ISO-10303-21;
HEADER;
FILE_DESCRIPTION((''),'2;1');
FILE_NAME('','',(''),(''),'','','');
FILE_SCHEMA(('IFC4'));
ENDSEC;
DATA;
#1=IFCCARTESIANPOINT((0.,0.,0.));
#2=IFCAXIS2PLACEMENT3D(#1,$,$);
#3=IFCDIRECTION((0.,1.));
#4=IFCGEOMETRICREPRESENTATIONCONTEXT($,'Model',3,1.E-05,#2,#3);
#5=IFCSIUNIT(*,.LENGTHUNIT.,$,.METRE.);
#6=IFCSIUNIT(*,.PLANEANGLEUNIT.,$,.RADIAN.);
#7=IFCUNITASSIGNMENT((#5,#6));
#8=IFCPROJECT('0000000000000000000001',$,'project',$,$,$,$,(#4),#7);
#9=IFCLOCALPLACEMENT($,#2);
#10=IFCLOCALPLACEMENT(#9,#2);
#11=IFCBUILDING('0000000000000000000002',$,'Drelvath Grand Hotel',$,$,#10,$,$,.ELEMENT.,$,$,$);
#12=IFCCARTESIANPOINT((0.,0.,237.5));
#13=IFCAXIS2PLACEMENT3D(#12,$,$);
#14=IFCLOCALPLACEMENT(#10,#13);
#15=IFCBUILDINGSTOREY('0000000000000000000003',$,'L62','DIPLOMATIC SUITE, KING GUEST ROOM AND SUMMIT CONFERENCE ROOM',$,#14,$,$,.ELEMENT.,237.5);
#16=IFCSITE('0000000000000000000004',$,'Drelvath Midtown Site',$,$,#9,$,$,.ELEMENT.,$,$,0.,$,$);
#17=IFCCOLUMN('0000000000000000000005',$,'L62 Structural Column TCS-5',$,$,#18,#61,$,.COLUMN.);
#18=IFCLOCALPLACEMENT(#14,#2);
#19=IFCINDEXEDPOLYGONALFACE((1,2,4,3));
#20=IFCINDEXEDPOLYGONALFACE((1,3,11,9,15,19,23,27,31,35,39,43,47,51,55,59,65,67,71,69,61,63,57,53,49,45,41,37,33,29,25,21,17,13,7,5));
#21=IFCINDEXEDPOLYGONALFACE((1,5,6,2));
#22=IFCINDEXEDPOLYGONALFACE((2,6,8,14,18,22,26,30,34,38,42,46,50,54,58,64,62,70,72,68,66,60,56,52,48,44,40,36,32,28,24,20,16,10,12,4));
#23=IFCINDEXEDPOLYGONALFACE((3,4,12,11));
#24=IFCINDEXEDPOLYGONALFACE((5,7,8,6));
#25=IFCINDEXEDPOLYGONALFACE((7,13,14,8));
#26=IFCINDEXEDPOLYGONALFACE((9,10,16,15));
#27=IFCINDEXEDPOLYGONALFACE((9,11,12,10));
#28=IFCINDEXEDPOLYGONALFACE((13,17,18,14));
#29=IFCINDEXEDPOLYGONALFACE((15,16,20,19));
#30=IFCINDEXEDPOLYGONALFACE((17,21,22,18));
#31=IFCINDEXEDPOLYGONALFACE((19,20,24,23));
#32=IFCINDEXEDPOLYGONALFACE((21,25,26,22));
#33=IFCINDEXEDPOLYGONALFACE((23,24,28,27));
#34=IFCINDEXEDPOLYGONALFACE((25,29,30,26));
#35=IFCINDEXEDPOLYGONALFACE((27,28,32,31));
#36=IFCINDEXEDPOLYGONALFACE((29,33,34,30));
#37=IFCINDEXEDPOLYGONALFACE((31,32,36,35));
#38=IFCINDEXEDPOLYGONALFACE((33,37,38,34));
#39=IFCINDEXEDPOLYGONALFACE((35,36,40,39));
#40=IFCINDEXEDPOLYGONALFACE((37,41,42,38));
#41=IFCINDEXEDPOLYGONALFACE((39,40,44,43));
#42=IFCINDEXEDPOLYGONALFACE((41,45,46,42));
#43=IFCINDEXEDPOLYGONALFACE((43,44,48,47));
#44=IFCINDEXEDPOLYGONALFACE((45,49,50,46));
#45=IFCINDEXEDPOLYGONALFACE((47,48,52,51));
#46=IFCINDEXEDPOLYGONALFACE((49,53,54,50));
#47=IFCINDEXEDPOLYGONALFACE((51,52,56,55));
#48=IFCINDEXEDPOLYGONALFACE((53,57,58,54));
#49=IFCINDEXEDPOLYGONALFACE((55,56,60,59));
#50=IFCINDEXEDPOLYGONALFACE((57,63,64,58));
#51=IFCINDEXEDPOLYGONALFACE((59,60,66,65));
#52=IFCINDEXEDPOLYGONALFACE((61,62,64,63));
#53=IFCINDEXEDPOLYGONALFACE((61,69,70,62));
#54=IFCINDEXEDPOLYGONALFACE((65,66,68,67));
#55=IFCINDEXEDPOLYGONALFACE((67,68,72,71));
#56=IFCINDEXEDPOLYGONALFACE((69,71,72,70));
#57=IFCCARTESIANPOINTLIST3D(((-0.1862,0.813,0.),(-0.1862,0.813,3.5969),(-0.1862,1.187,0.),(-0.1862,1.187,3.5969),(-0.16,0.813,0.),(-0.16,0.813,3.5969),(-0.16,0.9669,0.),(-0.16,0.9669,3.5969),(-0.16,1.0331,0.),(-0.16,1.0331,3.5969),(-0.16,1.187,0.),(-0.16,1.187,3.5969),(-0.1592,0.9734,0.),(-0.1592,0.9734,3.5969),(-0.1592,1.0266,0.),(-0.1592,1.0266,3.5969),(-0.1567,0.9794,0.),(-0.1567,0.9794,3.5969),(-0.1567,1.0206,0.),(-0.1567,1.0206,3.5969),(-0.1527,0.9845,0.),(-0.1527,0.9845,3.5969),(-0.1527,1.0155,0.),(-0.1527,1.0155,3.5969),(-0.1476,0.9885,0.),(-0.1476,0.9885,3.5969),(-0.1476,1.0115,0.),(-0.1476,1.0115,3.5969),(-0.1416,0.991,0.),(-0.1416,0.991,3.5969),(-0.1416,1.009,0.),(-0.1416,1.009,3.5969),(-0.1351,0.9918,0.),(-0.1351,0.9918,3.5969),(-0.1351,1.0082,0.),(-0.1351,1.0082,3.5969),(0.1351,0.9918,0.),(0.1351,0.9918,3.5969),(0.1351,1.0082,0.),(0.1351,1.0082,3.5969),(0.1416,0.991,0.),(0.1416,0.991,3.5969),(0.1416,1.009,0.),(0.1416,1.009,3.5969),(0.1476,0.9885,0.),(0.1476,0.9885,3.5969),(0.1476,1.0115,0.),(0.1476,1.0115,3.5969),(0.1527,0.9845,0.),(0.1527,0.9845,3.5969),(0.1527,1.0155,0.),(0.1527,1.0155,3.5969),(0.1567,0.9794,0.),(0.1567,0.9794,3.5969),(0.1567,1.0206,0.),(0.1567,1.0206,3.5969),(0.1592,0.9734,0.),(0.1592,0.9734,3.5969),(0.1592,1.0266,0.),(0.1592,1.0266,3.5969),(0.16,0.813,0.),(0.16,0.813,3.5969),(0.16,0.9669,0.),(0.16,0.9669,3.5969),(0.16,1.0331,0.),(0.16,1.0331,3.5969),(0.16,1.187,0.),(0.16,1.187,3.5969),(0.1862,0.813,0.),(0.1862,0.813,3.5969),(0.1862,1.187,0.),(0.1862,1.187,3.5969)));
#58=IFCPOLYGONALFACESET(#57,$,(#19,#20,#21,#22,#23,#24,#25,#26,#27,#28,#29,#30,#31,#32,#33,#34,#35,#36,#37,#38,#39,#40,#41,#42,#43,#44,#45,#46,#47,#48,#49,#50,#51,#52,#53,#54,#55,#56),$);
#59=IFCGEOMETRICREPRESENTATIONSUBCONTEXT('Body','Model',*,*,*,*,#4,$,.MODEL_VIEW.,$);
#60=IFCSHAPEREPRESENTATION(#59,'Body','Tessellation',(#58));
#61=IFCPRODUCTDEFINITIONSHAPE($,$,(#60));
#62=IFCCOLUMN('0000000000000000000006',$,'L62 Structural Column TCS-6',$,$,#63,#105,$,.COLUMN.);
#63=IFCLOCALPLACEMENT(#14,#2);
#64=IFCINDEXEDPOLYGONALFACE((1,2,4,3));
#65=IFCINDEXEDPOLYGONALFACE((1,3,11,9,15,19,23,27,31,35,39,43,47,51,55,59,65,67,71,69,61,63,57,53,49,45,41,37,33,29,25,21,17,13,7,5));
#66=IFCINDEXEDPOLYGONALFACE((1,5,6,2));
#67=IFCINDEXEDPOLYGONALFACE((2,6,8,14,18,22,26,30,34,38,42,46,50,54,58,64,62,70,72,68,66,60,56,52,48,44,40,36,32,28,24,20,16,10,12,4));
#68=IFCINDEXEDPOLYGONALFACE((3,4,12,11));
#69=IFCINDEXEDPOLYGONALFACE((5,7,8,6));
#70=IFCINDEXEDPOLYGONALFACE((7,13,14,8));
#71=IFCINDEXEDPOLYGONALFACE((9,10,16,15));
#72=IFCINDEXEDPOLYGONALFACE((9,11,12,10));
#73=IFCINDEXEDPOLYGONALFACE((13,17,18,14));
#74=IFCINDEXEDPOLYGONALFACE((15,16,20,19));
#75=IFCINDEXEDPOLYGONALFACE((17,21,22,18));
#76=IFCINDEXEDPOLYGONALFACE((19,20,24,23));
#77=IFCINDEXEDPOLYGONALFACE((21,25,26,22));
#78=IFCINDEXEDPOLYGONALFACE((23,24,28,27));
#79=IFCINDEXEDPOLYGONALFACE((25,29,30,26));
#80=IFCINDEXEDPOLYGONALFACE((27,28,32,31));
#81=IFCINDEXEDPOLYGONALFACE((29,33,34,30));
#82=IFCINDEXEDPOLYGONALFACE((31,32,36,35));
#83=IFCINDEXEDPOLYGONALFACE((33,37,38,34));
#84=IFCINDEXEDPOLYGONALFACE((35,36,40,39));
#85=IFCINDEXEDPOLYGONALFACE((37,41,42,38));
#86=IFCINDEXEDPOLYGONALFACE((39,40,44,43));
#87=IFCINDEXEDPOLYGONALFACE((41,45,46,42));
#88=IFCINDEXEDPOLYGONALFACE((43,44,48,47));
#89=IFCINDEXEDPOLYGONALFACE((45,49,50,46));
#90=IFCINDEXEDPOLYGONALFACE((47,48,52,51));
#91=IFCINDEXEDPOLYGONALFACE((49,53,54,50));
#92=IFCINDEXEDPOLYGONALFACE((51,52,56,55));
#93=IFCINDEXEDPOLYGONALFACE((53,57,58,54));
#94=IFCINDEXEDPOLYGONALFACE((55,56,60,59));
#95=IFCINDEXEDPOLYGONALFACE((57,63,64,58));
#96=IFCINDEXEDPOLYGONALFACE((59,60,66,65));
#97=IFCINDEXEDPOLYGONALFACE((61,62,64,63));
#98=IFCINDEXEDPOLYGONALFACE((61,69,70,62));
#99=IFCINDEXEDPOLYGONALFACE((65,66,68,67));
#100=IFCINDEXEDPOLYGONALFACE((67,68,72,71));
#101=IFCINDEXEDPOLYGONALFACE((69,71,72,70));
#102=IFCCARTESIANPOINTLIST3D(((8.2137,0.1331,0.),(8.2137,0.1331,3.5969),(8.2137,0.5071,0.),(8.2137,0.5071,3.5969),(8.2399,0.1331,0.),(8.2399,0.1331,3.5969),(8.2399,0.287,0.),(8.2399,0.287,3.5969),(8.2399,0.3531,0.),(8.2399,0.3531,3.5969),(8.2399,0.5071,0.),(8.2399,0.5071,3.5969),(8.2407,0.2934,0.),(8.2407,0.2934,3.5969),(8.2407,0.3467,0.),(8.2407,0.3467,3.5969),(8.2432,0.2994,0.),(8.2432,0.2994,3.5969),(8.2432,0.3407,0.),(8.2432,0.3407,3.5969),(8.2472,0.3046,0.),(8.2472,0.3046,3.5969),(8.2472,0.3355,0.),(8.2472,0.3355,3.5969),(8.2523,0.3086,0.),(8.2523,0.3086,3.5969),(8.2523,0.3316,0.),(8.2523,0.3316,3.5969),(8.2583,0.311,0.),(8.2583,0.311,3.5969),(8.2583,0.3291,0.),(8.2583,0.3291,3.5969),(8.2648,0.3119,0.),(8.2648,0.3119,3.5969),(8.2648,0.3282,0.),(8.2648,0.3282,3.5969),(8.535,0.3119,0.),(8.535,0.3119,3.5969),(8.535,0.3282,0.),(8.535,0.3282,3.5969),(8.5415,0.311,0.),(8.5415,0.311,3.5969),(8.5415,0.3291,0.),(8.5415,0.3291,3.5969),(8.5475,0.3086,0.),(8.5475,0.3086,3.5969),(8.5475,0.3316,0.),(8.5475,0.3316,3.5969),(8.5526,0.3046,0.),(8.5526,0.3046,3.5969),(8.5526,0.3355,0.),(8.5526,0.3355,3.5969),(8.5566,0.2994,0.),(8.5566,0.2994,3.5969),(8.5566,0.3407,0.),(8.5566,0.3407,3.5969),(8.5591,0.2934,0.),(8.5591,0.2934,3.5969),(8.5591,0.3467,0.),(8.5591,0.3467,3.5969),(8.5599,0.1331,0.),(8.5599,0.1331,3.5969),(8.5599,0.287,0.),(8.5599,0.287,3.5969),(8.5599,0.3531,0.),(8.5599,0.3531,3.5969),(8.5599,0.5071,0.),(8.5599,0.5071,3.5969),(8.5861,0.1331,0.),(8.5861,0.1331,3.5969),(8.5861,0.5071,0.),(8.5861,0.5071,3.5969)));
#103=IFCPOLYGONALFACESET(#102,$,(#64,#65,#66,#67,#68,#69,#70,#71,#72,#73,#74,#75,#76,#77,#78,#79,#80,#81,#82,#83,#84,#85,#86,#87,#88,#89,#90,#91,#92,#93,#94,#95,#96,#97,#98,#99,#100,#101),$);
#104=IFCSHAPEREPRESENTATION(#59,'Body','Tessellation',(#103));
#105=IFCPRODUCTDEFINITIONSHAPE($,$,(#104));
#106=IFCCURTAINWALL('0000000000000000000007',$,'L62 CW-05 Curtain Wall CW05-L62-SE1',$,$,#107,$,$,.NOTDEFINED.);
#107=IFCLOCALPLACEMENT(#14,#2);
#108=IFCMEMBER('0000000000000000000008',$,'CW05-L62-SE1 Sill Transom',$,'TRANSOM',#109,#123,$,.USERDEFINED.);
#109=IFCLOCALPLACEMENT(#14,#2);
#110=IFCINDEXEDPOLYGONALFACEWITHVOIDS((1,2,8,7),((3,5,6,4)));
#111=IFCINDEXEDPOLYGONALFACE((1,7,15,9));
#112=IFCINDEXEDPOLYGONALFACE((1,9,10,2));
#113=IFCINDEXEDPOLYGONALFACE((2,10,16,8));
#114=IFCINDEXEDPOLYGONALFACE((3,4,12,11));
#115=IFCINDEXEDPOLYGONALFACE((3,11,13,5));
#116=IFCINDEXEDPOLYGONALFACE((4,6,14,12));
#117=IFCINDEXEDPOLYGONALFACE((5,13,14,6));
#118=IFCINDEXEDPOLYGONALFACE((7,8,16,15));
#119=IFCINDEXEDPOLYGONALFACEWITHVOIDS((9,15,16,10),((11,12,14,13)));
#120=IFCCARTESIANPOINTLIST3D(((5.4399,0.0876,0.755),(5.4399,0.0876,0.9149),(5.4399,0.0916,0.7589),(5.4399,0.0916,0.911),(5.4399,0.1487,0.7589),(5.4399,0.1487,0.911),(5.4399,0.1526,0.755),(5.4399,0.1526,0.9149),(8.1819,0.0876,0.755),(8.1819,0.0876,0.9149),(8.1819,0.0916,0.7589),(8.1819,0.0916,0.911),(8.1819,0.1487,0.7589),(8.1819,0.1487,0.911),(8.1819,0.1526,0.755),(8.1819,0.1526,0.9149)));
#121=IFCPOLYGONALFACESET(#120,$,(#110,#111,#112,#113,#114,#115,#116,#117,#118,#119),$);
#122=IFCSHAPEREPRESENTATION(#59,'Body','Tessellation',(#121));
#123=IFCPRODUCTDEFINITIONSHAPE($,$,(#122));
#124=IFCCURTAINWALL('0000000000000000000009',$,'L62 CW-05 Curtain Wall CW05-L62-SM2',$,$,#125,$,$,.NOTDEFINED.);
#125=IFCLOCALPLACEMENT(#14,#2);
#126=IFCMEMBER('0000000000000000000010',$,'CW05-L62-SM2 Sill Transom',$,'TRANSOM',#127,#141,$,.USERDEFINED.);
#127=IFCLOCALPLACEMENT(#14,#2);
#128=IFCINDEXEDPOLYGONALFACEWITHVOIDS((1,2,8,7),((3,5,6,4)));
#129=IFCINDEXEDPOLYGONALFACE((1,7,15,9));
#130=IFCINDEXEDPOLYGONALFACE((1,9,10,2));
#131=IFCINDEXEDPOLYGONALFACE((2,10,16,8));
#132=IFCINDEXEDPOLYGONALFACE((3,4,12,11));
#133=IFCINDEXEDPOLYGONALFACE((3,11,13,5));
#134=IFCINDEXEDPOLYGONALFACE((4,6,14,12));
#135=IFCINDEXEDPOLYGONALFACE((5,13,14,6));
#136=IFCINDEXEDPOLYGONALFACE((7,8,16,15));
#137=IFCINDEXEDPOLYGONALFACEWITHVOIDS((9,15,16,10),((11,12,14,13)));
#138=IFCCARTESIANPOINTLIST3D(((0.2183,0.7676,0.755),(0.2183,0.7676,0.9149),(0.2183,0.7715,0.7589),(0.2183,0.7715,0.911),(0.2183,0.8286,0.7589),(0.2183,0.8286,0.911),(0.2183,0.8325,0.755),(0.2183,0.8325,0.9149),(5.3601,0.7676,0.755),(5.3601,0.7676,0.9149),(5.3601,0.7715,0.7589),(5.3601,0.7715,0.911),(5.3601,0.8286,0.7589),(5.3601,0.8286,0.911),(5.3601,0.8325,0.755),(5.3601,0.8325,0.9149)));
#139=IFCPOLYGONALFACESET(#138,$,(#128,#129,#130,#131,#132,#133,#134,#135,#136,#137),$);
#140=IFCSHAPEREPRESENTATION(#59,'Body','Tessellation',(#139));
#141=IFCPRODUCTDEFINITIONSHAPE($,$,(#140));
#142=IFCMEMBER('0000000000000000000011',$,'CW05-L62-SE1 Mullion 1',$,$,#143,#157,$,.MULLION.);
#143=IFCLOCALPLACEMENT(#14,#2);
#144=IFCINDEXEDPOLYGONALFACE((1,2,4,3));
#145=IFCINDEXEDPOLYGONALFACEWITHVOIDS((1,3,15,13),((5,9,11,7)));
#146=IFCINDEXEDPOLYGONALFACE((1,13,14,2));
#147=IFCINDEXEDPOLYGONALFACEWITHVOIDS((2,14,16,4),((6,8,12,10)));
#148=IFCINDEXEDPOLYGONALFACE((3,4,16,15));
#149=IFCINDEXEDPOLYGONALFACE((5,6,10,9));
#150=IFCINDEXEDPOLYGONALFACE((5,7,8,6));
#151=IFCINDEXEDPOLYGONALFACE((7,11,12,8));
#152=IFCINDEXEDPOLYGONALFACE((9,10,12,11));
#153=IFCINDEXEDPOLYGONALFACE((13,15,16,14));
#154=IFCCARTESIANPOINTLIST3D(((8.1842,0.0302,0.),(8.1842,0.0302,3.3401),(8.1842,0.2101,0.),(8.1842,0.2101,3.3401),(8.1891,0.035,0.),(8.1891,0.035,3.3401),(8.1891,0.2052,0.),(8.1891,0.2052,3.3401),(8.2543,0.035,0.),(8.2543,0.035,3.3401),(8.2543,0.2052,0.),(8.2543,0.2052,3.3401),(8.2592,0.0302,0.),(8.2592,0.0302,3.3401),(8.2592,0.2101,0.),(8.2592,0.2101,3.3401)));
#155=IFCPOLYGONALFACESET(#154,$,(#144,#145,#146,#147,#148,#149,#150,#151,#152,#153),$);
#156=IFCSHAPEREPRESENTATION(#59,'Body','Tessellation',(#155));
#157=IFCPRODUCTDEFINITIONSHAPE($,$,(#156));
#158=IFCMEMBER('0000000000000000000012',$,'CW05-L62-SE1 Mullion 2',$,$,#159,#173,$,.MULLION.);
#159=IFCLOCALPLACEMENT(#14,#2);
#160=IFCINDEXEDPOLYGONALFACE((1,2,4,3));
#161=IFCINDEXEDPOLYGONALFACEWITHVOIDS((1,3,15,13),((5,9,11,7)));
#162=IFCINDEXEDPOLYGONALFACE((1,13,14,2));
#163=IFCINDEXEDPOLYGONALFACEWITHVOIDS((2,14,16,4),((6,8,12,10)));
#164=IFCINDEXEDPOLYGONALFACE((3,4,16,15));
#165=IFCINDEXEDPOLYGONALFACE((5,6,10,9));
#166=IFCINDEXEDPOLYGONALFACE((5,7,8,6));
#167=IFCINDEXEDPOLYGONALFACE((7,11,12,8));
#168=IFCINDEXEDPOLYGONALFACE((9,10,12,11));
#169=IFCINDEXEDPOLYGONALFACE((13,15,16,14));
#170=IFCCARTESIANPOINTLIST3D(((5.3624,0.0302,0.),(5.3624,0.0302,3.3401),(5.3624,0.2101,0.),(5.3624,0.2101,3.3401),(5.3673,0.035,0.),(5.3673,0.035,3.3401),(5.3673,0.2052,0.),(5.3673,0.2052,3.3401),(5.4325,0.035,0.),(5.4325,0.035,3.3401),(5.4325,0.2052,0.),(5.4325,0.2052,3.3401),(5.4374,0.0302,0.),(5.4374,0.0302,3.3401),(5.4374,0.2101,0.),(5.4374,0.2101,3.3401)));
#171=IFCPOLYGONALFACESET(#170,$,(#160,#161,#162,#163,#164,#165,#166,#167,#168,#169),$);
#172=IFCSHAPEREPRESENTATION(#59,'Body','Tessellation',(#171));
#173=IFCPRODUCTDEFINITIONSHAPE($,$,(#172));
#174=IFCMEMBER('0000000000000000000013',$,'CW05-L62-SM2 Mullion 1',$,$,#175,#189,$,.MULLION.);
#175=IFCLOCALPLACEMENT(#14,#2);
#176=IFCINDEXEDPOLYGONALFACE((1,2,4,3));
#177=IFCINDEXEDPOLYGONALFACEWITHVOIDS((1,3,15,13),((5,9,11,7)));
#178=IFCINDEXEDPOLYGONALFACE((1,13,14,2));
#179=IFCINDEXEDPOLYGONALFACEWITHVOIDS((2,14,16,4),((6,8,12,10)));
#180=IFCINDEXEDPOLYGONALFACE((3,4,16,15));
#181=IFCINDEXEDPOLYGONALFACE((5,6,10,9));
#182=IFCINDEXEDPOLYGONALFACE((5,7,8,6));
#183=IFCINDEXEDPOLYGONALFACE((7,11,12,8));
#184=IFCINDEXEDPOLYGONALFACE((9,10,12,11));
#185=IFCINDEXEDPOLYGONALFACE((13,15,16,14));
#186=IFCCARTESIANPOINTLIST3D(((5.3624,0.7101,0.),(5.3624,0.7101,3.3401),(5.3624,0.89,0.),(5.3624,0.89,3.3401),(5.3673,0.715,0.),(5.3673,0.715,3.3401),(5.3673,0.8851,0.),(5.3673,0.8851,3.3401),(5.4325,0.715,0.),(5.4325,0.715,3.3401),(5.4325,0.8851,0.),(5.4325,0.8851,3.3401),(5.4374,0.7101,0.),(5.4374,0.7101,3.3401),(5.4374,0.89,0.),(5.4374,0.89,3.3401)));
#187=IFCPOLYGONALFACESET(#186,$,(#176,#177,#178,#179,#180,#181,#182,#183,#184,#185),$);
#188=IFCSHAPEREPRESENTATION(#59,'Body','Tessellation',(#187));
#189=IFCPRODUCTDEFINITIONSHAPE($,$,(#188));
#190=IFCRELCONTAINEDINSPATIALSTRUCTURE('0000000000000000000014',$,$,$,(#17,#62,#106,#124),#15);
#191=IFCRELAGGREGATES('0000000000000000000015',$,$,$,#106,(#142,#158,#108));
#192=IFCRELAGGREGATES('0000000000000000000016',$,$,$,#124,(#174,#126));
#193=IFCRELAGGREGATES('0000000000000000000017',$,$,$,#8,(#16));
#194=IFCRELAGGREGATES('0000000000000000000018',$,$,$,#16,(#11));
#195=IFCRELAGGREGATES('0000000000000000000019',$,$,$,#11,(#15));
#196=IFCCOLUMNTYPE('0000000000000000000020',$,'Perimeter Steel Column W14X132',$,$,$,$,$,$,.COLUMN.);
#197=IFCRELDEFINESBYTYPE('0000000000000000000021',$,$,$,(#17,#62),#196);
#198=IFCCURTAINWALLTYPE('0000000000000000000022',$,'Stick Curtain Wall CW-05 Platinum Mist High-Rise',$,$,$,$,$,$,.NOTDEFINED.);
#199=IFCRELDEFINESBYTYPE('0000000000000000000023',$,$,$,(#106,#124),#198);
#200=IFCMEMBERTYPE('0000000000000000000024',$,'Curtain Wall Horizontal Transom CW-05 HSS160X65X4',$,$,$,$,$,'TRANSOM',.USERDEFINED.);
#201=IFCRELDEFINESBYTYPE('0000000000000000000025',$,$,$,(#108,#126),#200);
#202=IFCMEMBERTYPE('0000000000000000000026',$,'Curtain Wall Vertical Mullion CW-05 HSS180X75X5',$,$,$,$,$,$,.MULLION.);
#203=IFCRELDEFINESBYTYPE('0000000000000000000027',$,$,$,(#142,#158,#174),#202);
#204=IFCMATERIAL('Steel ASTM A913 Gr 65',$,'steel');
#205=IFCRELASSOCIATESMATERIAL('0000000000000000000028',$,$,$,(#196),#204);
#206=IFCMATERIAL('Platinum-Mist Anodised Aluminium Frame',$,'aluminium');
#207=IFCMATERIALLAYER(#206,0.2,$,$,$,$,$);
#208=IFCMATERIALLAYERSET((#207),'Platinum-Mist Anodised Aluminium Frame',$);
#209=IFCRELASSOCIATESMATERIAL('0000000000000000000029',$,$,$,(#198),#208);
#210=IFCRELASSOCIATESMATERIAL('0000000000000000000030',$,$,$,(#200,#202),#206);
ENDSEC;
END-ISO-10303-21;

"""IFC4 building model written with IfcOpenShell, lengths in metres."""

from ifc_helpers import new_model, si_unit, direction, frame, origin, origin_2d, place, context, subcontext, project, spatial, hollow_rectangle, i_section, extrude, material, layer, layer_set, material_profile, profile_set, type_object, element, aggregate, save


model = new_model("IFC4")

# Units and contexts
model_context = context("Model", 3, precision=1e-05, world=origin(), true_north=direction((0.0, 1.0)))
body_context = subcontext(model_context, "Body", "Model", "MODEL_VIEW")
ifc_project = project(units=[si_unit("LENGTHUNIT", "METRE"), si_unit("PLANEANGLEUNIT", "RADIAN")], contexts=[model_context])

# Site, building, storey
site_placement = place(None, origin())
site = spatial("IfcSite", under=ifc_project, at=site_placement, Name="Drelvath Midtown Site", CompositionType="ELEMENT", RefElevation=0.0)
building_placement = place(site_placement, origin())
building = spatial("IfcBuilding", under=site, at=building_placement, Name="Drelvath Grand Hotel", CompositionType="ELEMENT")
storey_placement = place(building_placement, frame((0.0, 0.0, 237.5)))
storey = spatial("IfcBuildingStorey", under=building, at=storey_placement, Name="L62", Description="DIPLOMATIC SUITE, KING GUEST ROOM AND SUMMIT CONFERENCE ROOM", CompositionType="ELEMENT", Elevation=237.5)

# Columns
ifc_material_1 = material(Name="Steel ASTM A913 Gr 65", Category="steel")
ifc_material_profile_1 = material_profile(ifc_material_1, i_section(OverallWidth=0.374, OverallDepth=0.3723, WebThickness=0.0164, FlangeThickness=0.0261, FilletRadius=0.0249, at=origin_2d()), Name="W14X132")
ifc_profile_set_1 = profile_set([ifc_material_profile_1], Name="Steel ASTM A913 Gr 65")
column_type = type_object("IfcColumnType", Name="Perimeter Steel Column W14X132", PredefinedType="COLUMN", material=ifc_profile_set_1)
for number, where, z_axis, x_axis, name in (
    (1, (0.0, 1.0, 0.0), (0.0, 0.0, 1.0), (0.0, 1.0, 0.0), "L62 Structural Column TCS-5"),
    (2, (8.3999, 0.3201, 0.0), (0.0, 0.0, 1.0), (0.0, 1.0, 0.0), "L62 Structural Column TCS-6"),
):
    element("IfcColumn", number, at=place(storey_placement, frame(where, z_axis=z_axis, x_axis=x_axis)), inside=storey, type_object=column_type, Name=name, PredefinedType="COLUMN", context=body_context, shape_type="SweptSolid", body=[
        extrude(i_section(OverallWidth=0.374, OverallDepth=0.3723, WebThickness=0.0164, FlangeThickness=0.0261, FilletRadius=0.0249, at=origin_2d()), origin(), (0.0, 0.0, 1.0), 3.5969),
    ])

# Curtain walls, members
ifc_material_2 = material(Name="Platinum-Mist Anodised Aluminium Frame", Category="aluminium")
ifc_layer_1 = layer(ifc_material_2, 0.2)
ifc_layer_set_1 = layer_set([ifc_layer_1], Name="Platinum-Mist Anodised Aluminium Frame")
curtain_wall_type = type_object("IfcCurtainWallType", Name="Stick Curtain Wall CW-05 Platinum Mist High-Rise", PredefinedType="NOTDEFINED", material=ifc_layer_set_1)
curtain_wall_1_placement = place(storey_placement, origin())
curtain_wall_1 = element("IfcCurtainWall", 3, at=curtain_wall_1_placement, inside=storey, type_object=curtain_wall_type, Name="L62 CW-05 Curtain Wall CW05-L62-SE1", PredefinedType="NOTDEFINED")
ifc_material_profile_2 = material_profile(ifc_material_2, hollow_rectangle(XDim=0.0649, YDim=0.1599, WallThickness=0.0039, at=origin_2d()), Name="HSS160X65X4")
ifc_profile_set_2 = profile_set([ifc_material_profile_2], Name="Platinum-Mist Anodised Aluminium Frame")
member_type_1 = type_object("IfcMemberType", Name="Curtain Wall Horizontal Transom CW-05 HSS160X65X4", ElementType="TRANSOM", PredefinedType="USERDEFINED", material=ifc_profile_set_2)
member_1_placement = place(storey_placement, frame((8.1819, 0.1201, 0.835), z_axis=(-1.0, 0.0, 0.0), x_axis=(0.0, -1.0, 0.0)))
member_1 = element("IfcMember", 4, at=member_1_placement, type_object=member_type_1, Name="CW05-L62-SE1 Sill Transom", ObjectType="TRANSOM", PredefinedType="USERDEFINED", context=body_context, shape_type="SweptSolid", body=[
    extrude(hollow_rectangle(XDim=0.0649, YDim=0.1599, WallThickness=0.0039, at=origin_2d()), origin(), (0.0, 0.0, 1.0), 2.7419),
])
curtain_wall_2_placement = place(storey_placement, origin())
curtain_wall_2 = element("IfcCurtainWall", 5, at=curtain_wall_2_placement, inside=storey, type_object=curtain_wall_type, Name="L62 CW-05 Curtain Wall CW05-L62-SM2", PredefinedType="NOTDEFINED")
member_2_placement = place(storey_placement, frame((5.3601, 0.8, 0.835), z_axis=(-1.0, 0.0, 0.0), x_axis=(0.0, -1.0, 0.0)))
member_2 = element("IfcMember", 6, at=member_2_placement, type_object=member_type_1, Name="CW05-L62-SM2 Sill Transom", ObjectType="TRANSOM", PredefinedType="USERDEFINED", context=body_context, shape_type="SweptSolid", body=[
    extrude(hollow_rectangle(XDim=0.0649, YDim=0.1599, WallThickness=0.0039, at=origin_2d()), origin(), (0.0, 0.0, 1.0), 5.1418),
])

# Members
ifc_material_profile_3 = material_profile(ifc_material_2, hollow_rectangle(XDim=0.075, YDim=0.1799, WallThickness=0.0049, at=origin_2d()), Name="HSS180X75X5")
ifc_profile_set_3 = profile_set([ifc_material_profile_3], Name="Platinum-Mist Anodised Aluminium Frame")
member_type_2 = type_object("IfcMemberType", Name="Curtain Wall Vertical Mullion CW-05 HSS180X75X5", PredefinedType="MULLION", material=ifc_profile_set_3)
member_3_placement = place(storey_placement, frame((8.2217, 0.1201, 0.0), z_axis=(0.0, 0.0, 1.0), x_axis=(1.0, 0.0, 0.0)))
member_3 = element("IfcMember", 7, at=member_3_placement, type_object=member_type_2, Name="CW05-L62-SE1 Mullion 1", PredefinedType="MULLION", context=body_context, shape_type="SweptSolid", body=[
    extrude(hollow_rectangle(XDim=0.075, YDim=0.1799, WallThickness=0.0049, at=origin_2d()), origin(), (0.0, 0.0, 1.0), 3.3401),
])
member_4_placement = place(storey_placement, frame((5.3999, 0.1201, 0.0), z_axis=(0.0, 0.0, 1.0), x_axis=(1.0, 0.0, 0.0)))
member_4 = element("IfcMember", 8, at=member_4_placement, type_object=member_type_2, Name="CW05-L62-SE1 Mullion 2", PredefinedType="MULLION", context=body_context, shape_type="SweptSolid", body=[
    extrude(hollow_rectangle(XDim=0.075, YDim=0.1799, WallThickness=0.0049, at=origin_2d()), origin(), (0.0, 0.0, 1.0), 3.3401),
])
member_5_placement = place(storey_placement, frame((5.3999, 0.8, 0.0), z_axis=(0.0, 0.0, 1.0), x_axis=(1.0, 0.0, 0.0)))
member_5 = element("IfcMember", 9, at=member_5_placement, type_object=member_type_2, Name="CW05-L62-SM2 Mullion 1", PredefinedType="MULLION", context=body_context, shape_type="SweptSolid", body=[
    extrude(hollow_rectangle(XDim=0.075, YDim=0.1799, WallThickness=0.0049, at=origin_2d()), origin(), (0.0, 0.0, 1.0), 3.3401),
])

aggregate(curtain_wall_1, [member_3, member_4, member_1])
aggregate(curtain_wall_2, [member_5, member_2])

save(model, "model.ifc")
